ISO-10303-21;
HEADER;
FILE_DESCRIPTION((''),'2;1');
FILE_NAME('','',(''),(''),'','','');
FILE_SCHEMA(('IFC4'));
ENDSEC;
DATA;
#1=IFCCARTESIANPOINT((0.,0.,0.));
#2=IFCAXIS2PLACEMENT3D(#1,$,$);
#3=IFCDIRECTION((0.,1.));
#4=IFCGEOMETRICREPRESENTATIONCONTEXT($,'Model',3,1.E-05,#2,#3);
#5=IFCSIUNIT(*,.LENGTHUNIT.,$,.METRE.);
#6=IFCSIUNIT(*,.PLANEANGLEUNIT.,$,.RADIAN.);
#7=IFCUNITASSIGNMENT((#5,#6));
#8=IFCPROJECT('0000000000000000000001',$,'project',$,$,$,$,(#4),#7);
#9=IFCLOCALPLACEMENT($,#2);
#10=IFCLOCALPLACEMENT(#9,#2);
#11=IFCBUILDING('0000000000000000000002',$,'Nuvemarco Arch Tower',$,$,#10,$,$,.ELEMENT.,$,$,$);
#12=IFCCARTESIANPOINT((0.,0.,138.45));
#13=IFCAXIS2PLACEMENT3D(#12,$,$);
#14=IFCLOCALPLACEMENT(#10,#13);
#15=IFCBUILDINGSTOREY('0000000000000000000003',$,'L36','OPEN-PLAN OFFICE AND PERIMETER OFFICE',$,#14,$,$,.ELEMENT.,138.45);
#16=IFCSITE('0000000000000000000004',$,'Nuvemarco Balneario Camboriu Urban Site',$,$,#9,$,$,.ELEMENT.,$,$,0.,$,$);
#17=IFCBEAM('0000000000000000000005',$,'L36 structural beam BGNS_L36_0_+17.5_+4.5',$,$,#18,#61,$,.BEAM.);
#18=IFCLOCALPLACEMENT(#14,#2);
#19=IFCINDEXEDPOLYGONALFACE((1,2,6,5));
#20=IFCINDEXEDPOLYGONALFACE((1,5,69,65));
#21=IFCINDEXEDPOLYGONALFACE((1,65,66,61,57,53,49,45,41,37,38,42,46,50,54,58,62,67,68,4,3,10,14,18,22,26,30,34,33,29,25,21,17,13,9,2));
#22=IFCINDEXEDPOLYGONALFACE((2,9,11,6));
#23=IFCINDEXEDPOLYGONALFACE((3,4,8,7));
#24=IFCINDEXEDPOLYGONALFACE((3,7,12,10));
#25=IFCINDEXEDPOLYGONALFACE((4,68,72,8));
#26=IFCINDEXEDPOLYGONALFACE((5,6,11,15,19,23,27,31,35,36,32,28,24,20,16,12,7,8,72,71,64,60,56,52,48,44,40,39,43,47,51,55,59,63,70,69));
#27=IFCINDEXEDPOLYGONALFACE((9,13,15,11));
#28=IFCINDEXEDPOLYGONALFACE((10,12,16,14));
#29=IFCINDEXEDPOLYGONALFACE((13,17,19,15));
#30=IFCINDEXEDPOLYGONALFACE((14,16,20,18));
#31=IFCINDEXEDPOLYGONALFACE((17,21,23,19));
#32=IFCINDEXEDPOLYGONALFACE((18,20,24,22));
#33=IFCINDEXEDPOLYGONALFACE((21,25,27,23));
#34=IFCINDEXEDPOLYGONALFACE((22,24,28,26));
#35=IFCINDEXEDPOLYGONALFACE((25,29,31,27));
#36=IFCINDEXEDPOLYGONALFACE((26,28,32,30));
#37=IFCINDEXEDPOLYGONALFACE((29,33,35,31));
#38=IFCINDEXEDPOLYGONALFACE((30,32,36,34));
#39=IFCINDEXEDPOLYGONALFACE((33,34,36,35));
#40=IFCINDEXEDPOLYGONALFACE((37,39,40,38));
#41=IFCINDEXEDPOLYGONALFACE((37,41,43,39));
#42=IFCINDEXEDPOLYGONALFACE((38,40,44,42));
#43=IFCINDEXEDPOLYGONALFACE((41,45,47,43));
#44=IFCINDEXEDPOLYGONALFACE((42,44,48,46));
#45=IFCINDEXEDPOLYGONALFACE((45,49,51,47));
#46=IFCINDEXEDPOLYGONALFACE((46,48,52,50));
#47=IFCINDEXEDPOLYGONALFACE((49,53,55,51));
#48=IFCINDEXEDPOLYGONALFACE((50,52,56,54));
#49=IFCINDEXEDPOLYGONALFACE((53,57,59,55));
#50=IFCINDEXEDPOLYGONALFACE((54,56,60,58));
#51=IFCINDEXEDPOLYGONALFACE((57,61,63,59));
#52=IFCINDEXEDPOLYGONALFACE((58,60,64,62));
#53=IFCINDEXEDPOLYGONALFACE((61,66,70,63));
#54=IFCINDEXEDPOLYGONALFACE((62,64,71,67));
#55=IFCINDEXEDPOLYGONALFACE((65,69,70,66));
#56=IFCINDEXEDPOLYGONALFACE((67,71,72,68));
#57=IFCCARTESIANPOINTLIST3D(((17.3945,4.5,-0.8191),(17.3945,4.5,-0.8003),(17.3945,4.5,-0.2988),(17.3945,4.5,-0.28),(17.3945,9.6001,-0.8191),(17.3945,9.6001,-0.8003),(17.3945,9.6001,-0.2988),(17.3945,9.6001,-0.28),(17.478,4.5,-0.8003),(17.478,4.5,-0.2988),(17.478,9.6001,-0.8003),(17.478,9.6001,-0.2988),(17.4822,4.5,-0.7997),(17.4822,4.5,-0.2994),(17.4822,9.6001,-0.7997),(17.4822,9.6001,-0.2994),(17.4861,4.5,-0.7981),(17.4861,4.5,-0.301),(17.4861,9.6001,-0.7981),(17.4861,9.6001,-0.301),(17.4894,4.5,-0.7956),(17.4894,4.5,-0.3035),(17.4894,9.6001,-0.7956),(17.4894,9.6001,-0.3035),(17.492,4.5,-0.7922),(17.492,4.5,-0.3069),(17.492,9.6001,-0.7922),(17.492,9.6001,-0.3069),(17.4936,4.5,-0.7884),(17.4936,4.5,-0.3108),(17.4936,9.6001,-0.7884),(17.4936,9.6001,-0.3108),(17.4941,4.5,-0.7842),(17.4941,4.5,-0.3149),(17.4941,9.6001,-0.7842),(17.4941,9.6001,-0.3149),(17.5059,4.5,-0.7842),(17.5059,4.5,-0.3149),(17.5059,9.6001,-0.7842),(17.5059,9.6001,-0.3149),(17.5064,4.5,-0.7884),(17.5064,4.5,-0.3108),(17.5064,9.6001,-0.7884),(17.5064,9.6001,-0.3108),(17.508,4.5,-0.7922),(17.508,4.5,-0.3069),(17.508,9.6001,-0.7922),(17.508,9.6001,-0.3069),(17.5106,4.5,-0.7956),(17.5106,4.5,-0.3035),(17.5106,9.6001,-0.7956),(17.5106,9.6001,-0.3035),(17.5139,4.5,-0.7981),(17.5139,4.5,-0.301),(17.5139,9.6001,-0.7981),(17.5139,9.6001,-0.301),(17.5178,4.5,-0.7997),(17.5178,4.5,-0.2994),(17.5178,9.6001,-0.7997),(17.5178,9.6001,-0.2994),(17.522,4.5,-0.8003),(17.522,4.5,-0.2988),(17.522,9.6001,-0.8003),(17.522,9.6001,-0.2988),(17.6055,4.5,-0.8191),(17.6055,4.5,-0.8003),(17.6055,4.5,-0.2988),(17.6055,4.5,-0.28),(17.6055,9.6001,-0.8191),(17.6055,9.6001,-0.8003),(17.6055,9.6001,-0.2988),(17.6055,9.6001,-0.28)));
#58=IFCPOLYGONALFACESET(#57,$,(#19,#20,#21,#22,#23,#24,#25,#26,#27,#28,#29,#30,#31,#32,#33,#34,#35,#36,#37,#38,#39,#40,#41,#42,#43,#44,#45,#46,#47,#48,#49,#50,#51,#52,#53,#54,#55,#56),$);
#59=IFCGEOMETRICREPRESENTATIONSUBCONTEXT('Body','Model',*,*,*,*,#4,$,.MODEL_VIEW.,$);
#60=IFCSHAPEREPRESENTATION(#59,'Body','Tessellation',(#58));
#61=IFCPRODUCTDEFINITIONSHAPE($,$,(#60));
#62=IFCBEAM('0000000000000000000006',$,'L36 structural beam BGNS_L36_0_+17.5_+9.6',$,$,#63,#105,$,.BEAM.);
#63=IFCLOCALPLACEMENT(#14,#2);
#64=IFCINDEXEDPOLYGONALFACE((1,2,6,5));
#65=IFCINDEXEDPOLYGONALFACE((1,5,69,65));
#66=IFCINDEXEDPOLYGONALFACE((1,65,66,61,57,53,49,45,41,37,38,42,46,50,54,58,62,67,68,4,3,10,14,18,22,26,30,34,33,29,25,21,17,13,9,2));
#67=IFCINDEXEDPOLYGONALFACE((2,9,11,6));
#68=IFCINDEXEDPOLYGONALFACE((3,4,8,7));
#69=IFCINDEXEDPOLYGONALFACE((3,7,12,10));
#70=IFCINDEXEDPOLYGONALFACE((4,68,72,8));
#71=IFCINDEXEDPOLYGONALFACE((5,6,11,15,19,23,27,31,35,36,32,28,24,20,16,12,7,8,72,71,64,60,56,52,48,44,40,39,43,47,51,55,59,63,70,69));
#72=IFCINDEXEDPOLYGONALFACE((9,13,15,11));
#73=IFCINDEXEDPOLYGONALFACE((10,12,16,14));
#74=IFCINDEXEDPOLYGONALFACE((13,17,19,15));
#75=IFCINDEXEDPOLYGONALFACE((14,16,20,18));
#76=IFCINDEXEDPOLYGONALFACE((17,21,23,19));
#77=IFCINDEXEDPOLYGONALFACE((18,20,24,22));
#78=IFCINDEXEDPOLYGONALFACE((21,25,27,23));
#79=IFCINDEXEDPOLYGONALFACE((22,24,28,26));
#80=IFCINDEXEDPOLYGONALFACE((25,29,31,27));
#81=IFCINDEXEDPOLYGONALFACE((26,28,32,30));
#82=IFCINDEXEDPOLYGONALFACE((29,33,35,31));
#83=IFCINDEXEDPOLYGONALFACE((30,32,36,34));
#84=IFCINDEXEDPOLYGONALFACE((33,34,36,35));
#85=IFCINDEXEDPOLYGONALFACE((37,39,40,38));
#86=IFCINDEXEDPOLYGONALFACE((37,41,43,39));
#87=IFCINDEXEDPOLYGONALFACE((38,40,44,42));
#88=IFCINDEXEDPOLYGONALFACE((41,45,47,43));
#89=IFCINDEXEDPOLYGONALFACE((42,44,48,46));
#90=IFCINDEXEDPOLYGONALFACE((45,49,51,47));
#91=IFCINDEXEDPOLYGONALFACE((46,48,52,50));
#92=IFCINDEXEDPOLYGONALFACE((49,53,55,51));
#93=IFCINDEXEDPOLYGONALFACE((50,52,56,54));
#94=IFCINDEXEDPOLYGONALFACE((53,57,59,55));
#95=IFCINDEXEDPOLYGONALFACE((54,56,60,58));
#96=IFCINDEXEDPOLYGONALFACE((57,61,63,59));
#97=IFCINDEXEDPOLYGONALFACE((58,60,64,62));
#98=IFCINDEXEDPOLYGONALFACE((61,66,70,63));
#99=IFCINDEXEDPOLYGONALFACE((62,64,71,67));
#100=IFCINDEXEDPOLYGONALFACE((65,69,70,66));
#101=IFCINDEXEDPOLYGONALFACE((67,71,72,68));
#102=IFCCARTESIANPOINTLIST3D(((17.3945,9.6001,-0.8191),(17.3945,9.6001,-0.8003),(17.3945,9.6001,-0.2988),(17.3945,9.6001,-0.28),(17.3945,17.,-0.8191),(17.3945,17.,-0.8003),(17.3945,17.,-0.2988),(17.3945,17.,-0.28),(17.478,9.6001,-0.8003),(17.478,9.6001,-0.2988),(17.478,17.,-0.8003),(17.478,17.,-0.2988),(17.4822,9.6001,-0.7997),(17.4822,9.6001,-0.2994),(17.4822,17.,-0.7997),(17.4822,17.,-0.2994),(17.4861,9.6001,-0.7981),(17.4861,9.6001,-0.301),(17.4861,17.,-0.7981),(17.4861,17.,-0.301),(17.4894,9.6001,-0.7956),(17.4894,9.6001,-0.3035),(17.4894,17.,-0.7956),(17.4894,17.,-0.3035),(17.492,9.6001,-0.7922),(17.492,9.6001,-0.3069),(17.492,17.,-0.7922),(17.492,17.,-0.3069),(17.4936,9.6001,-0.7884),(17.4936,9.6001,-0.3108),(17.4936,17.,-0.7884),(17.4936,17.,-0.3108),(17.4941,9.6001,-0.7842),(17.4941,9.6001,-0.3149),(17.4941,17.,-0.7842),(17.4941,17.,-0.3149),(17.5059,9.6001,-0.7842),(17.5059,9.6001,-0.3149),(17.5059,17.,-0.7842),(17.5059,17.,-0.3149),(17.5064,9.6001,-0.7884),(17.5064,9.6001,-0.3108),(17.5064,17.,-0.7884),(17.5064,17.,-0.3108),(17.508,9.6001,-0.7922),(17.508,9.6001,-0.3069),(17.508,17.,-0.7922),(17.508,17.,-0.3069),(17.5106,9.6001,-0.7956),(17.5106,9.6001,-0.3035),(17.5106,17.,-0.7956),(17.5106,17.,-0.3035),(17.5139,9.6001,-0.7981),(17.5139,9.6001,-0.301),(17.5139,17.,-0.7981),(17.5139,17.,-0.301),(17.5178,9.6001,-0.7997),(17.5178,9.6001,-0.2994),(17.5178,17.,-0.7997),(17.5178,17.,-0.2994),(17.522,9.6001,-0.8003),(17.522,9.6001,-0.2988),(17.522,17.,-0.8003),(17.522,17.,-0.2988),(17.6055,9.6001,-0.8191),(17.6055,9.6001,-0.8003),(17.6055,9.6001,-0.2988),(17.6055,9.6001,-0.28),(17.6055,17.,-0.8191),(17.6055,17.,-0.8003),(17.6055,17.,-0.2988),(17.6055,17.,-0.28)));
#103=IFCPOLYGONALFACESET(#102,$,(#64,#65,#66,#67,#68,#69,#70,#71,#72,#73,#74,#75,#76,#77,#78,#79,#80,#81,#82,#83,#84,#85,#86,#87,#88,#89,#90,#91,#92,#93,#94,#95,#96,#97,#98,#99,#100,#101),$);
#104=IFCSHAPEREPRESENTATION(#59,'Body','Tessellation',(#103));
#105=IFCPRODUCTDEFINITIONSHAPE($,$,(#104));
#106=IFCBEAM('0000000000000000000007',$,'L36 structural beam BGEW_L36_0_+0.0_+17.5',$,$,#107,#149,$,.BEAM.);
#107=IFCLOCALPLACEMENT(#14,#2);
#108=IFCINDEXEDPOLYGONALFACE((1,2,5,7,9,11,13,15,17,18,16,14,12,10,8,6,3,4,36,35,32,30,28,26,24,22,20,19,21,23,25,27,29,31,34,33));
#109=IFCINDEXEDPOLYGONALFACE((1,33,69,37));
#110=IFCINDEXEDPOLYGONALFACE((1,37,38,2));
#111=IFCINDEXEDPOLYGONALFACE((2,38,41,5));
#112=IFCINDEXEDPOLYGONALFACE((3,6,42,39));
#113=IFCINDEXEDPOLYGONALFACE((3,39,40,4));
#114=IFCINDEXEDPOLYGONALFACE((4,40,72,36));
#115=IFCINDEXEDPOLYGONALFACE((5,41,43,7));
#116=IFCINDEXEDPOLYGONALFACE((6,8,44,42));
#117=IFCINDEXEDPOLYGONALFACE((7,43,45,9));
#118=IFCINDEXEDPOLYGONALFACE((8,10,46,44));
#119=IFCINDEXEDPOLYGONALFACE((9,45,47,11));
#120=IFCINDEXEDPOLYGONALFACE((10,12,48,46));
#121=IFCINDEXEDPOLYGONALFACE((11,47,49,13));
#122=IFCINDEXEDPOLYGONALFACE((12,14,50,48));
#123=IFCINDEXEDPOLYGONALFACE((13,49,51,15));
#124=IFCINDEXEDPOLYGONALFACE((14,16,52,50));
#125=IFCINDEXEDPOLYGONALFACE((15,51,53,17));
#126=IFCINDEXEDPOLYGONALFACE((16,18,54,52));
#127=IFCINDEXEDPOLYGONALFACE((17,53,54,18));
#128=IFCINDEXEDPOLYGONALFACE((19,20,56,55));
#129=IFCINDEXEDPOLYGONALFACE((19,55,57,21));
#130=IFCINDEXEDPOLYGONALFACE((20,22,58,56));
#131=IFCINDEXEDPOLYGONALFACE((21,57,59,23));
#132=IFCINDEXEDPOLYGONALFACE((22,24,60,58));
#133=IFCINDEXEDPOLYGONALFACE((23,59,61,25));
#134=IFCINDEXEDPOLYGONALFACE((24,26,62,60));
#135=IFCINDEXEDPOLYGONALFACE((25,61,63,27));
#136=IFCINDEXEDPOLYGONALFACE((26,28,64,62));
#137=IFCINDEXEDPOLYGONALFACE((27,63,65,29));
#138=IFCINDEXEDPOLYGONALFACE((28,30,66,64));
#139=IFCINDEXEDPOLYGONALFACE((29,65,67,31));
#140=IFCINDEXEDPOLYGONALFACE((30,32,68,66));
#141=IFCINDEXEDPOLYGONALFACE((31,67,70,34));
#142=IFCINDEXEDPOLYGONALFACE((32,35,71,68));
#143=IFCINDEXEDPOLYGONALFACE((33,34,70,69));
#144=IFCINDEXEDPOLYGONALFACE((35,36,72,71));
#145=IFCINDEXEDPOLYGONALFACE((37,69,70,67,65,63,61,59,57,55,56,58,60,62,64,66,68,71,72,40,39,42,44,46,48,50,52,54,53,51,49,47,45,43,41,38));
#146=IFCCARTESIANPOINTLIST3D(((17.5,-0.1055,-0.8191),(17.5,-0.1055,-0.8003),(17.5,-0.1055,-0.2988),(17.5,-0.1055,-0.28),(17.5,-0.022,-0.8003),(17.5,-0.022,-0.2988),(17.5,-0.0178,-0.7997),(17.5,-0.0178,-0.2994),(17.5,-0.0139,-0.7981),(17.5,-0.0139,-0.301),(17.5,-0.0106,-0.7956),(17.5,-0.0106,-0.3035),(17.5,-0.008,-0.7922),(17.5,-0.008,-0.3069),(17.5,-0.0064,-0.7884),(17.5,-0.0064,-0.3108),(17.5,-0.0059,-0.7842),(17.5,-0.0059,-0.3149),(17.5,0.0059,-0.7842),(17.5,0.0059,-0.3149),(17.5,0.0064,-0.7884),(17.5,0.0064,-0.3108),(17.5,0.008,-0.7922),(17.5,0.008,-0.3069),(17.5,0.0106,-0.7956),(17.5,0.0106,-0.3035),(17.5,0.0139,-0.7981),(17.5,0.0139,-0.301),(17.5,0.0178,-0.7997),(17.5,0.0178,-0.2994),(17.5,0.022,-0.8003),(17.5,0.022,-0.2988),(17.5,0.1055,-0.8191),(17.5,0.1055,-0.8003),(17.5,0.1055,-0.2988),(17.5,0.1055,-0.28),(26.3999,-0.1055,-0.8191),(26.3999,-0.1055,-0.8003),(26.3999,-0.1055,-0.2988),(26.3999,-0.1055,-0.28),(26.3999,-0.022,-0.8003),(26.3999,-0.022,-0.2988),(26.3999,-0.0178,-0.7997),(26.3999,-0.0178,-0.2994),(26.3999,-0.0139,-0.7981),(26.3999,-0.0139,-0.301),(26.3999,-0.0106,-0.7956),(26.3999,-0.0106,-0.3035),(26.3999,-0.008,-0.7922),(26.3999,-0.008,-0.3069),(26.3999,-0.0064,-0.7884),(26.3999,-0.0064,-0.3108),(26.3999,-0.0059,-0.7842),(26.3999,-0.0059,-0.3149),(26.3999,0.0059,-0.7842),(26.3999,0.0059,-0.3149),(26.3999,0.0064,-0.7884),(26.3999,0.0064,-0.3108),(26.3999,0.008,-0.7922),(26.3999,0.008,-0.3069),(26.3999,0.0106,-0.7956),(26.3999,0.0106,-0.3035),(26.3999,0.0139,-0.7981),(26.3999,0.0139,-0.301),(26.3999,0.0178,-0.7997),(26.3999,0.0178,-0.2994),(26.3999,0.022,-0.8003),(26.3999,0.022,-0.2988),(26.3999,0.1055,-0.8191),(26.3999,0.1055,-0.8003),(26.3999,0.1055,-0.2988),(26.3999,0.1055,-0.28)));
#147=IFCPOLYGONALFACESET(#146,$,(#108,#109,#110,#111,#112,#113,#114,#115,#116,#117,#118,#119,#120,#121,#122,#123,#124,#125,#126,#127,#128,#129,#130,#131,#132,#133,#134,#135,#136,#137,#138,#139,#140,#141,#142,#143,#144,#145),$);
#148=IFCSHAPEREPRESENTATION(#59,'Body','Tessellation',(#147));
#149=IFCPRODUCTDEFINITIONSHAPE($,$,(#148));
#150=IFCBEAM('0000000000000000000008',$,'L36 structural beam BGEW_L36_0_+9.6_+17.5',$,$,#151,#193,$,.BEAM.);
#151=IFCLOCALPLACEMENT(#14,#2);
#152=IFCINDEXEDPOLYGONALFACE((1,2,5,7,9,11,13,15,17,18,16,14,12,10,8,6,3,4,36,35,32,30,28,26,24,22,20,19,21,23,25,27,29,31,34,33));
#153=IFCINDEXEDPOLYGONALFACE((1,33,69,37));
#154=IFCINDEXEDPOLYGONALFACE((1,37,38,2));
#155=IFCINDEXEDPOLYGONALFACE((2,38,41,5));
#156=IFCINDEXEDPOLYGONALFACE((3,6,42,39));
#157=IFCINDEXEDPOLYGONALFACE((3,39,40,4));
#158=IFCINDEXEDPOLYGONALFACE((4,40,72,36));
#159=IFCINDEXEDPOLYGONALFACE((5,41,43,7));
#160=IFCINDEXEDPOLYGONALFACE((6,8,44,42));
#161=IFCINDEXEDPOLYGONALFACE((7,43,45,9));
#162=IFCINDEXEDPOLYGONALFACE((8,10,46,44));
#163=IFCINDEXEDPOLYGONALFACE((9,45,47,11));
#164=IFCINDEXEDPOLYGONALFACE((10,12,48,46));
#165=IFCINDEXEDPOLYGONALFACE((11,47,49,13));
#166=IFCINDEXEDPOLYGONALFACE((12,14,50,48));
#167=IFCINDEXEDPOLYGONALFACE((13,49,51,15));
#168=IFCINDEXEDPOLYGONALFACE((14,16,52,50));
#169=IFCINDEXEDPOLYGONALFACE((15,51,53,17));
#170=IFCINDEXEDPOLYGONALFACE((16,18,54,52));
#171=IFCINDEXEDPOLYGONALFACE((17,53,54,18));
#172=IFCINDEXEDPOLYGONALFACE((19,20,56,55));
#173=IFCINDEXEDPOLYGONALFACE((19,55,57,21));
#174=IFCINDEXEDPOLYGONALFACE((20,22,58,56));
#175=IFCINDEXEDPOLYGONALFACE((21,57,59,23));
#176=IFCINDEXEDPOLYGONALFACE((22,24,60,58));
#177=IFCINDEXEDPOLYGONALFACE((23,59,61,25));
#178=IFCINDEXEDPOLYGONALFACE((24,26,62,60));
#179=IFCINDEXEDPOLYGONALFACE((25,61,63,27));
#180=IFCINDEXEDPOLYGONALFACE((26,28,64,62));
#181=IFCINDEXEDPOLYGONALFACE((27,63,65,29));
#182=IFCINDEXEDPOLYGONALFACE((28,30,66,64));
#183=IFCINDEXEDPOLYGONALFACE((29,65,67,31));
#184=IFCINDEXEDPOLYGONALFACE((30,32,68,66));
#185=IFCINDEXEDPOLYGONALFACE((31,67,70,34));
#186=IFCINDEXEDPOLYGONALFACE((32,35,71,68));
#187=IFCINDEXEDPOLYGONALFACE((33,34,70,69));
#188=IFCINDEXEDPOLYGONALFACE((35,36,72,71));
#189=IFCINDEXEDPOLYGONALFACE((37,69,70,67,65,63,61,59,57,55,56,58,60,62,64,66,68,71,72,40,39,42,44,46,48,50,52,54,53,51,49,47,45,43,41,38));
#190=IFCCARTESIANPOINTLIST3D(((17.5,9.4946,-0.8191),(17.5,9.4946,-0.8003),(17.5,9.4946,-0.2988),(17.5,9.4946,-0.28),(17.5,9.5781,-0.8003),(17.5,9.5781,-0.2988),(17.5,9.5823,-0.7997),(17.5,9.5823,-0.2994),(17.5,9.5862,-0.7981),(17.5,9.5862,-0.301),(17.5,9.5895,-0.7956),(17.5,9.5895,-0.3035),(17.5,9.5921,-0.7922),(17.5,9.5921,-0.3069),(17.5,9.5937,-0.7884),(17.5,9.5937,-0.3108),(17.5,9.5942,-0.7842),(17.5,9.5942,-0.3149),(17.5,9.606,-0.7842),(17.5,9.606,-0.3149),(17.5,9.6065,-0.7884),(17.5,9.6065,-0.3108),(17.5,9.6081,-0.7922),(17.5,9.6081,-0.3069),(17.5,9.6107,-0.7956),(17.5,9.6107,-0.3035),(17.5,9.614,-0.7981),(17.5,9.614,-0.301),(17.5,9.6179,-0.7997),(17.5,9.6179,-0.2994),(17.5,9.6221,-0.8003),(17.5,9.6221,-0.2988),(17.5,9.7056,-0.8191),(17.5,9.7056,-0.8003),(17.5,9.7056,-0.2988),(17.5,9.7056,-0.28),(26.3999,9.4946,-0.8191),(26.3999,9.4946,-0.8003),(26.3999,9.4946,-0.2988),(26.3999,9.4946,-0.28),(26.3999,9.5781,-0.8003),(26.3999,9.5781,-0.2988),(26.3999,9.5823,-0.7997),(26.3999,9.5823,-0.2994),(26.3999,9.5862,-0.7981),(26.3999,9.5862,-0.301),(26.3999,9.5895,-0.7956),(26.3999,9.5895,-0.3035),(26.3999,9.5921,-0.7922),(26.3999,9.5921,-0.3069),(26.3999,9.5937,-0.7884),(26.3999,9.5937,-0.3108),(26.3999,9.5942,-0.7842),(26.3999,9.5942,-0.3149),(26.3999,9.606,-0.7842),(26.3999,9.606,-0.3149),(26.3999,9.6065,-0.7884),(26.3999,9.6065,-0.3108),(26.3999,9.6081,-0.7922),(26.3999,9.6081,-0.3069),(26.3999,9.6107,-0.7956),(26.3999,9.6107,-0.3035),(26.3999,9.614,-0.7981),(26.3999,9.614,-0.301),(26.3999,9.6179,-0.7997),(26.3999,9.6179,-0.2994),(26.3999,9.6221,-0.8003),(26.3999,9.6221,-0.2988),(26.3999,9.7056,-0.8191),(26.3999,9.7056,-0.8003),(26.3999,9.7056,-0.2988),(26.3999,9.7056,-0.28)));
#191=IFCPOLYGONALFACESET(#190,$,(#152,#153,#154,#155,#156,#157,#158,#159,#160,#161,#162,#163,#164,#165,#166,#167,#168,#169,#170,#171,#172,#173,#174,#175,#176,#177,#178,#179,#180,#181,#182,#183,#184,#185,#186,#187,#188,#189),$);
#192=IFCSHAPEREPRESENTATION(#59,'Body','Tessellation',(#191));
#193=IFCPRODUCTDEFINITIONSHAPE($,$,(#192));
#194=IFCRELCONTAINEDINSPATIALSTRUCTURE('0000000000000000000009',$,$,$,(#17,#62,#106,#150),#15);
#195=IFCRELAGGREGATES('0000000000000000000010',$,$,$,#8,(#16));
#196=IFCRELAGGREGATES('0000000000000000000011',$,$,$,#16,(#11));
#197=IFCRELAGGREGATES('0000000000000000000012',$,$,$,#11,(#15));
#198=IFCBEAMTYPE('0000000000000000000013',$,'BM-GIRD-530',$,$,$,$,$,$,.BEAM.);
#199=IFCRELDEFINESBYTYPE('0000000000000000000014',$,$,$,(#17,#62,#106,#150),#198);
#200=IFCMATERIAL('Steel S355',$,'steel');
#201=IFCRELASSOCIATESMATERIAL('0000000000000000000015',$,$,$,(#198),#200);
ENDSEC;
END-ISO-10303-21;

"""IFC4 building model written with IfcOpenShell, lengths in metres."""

from ifc_helpers import new_model, si_unit, direction, frame, origin, origin_2d, place, context, subcontext, project, spatial, i_section, extrude, material, material_profile, profile_set, type_object, element, save


model = new_model("IFC4")

# Units and contexts
model_context = context("Model", 3, precision=1e-05, world=origin(), true_north=direction((0.0, 1.0)))
body_context = subcontext(model_context, "Body", "Model", "MODEL_VIEW")
ifc_project = project(units=[si_unit("LENGTHUNIT", "METRE"), si_unit("PLANEANGLEUNIT", "RADIAN")], contexts=[model_context])

# Site, building, storey
site_placement = place(None, origin())
site = spatial("IfcSite", under=ifc_project, at=site_placement, Name="Nuvemarco Balneario Camboriu Urban Site", CompositionType="ELEMENT", RefElevation=0.0)
building_placement = place(site_placement, origin())
building = spatial("IfcBuilding", under=site, at=building_placement, Name="Nuvemarco Arch Tower", CompositionType="ELEMENT")
storey_placement = place(building_placement, frame((0.0, 0.0, 138.45)))
storey = spatial("IfcBuildingStorey", under=building, at=storey_placement, Name="L36", Description="OPEN-PLAN OFFICE AND PERIMETER OFFICE", CompositionType="ELEMENT", Elevation=138.45)

# Shared definitions
ifc_material_1 = material(Name="Steel S355", Category="steel")

# Beams
ifc_material_profile_1 = material_profile(ifc_material_1, i_section(OverallWidth=0.2109, OverallDepth=0.5391, WebThickness=0.0117, FlangeThickness=0.0188, FilletRadius=0.0161, at=origin_2d()), Name="W530x109")
ifc_profile_set_1 = profile_set([ifc_material_profile_1], Name="Steel S355")
beam_type_1 = type_object("IfcBeamType", Name="BM-GIRD-530", PredefinedType="BEAM", material=ifc_profile_set_1)
beam_1_placement = place(storey_placement, frame((17.5, 4.5, -0.5496), z_axis=(0.0, 1.0, 0.0), x_axis=(-1.0, 0.0, 0.0)))
element("IfcBeam", 1, at=beam_1_placement, inside=storey, type_object=beam_type_1, Name="L36 structural beam BGNS_L36_0_+17.5_+4.5", PredefinedType="BEAM", context=body_context, shape_type="SweptSolid", body=[
    extrude(i_section(OverallWidth=0.2109, OverallDepth=0.5391, WebThickness=0.0117, FlangeThickness=0.0188, FilletRadius=0.0161, at=origin_2d()), origin(), (0.0, 0.0, 1.0), 5.1001),
])
beam_2_placement = place(storey_placement, frame((17.5, 9.6001, -0.5496), z_axis=(0.0, 1.0, 0.0), x_axis=(-1.0, 0.0, 0.0)))
element("IfcBeam", 2, at=beam_2_placement, inside=storey, type_object=beam_type_1, Name="L36 structural beam BGNS_L36_0_+17.5_+9.6", PredefinedType="BEAM", context=body_context, shape_type="SweptSolid", body=[
    extrude(i_section(OverallWidth=0.2109, OverallDepth=0.5391, WebThickness=0.0117, FlangeThickness=0.0188, FilletRadius=0.0161, at=origin_2d()), origin(), (0.0, 0.0, 1.0), 7.3999),
])
for number, where, z_axis, x_axis, name in (
    (3, (17.5, 0.0, -0.5496), (1.0, 0.0, 0.0), (0.0, 1.0, 0.0), "L36 structural beam BGEW_L36_0_+0.0_+17.5"),
    (4, (17.5, 9.6001, -0.5496), (1.0, 0.0, 0.0), (0.0, 1.0, 0.0), "L36 structural beam BGEW_L36_0_+9.6_+17.5"),
):
    element("IfcBeam", number, at=place(storey_placement, frame(where, z_axis=z_axis, x_axis=x_axis)), inside=storey, type_object=beam_type_1, Name=name, PredefinedType="BEAM", context=body_context, shape_type="SweptSolid", body=[
        extrude(i_section(OverallWidth=0.2109, OverallDepth=0.5391, WebThickness=0.0117, FlangeThickness=0.0188, FilletRadius=0.0161, at=origin_2d()), origin(), (0.0, 0.0, 1.0), 8.8999),
    ])

save(model, "model.ifc")
